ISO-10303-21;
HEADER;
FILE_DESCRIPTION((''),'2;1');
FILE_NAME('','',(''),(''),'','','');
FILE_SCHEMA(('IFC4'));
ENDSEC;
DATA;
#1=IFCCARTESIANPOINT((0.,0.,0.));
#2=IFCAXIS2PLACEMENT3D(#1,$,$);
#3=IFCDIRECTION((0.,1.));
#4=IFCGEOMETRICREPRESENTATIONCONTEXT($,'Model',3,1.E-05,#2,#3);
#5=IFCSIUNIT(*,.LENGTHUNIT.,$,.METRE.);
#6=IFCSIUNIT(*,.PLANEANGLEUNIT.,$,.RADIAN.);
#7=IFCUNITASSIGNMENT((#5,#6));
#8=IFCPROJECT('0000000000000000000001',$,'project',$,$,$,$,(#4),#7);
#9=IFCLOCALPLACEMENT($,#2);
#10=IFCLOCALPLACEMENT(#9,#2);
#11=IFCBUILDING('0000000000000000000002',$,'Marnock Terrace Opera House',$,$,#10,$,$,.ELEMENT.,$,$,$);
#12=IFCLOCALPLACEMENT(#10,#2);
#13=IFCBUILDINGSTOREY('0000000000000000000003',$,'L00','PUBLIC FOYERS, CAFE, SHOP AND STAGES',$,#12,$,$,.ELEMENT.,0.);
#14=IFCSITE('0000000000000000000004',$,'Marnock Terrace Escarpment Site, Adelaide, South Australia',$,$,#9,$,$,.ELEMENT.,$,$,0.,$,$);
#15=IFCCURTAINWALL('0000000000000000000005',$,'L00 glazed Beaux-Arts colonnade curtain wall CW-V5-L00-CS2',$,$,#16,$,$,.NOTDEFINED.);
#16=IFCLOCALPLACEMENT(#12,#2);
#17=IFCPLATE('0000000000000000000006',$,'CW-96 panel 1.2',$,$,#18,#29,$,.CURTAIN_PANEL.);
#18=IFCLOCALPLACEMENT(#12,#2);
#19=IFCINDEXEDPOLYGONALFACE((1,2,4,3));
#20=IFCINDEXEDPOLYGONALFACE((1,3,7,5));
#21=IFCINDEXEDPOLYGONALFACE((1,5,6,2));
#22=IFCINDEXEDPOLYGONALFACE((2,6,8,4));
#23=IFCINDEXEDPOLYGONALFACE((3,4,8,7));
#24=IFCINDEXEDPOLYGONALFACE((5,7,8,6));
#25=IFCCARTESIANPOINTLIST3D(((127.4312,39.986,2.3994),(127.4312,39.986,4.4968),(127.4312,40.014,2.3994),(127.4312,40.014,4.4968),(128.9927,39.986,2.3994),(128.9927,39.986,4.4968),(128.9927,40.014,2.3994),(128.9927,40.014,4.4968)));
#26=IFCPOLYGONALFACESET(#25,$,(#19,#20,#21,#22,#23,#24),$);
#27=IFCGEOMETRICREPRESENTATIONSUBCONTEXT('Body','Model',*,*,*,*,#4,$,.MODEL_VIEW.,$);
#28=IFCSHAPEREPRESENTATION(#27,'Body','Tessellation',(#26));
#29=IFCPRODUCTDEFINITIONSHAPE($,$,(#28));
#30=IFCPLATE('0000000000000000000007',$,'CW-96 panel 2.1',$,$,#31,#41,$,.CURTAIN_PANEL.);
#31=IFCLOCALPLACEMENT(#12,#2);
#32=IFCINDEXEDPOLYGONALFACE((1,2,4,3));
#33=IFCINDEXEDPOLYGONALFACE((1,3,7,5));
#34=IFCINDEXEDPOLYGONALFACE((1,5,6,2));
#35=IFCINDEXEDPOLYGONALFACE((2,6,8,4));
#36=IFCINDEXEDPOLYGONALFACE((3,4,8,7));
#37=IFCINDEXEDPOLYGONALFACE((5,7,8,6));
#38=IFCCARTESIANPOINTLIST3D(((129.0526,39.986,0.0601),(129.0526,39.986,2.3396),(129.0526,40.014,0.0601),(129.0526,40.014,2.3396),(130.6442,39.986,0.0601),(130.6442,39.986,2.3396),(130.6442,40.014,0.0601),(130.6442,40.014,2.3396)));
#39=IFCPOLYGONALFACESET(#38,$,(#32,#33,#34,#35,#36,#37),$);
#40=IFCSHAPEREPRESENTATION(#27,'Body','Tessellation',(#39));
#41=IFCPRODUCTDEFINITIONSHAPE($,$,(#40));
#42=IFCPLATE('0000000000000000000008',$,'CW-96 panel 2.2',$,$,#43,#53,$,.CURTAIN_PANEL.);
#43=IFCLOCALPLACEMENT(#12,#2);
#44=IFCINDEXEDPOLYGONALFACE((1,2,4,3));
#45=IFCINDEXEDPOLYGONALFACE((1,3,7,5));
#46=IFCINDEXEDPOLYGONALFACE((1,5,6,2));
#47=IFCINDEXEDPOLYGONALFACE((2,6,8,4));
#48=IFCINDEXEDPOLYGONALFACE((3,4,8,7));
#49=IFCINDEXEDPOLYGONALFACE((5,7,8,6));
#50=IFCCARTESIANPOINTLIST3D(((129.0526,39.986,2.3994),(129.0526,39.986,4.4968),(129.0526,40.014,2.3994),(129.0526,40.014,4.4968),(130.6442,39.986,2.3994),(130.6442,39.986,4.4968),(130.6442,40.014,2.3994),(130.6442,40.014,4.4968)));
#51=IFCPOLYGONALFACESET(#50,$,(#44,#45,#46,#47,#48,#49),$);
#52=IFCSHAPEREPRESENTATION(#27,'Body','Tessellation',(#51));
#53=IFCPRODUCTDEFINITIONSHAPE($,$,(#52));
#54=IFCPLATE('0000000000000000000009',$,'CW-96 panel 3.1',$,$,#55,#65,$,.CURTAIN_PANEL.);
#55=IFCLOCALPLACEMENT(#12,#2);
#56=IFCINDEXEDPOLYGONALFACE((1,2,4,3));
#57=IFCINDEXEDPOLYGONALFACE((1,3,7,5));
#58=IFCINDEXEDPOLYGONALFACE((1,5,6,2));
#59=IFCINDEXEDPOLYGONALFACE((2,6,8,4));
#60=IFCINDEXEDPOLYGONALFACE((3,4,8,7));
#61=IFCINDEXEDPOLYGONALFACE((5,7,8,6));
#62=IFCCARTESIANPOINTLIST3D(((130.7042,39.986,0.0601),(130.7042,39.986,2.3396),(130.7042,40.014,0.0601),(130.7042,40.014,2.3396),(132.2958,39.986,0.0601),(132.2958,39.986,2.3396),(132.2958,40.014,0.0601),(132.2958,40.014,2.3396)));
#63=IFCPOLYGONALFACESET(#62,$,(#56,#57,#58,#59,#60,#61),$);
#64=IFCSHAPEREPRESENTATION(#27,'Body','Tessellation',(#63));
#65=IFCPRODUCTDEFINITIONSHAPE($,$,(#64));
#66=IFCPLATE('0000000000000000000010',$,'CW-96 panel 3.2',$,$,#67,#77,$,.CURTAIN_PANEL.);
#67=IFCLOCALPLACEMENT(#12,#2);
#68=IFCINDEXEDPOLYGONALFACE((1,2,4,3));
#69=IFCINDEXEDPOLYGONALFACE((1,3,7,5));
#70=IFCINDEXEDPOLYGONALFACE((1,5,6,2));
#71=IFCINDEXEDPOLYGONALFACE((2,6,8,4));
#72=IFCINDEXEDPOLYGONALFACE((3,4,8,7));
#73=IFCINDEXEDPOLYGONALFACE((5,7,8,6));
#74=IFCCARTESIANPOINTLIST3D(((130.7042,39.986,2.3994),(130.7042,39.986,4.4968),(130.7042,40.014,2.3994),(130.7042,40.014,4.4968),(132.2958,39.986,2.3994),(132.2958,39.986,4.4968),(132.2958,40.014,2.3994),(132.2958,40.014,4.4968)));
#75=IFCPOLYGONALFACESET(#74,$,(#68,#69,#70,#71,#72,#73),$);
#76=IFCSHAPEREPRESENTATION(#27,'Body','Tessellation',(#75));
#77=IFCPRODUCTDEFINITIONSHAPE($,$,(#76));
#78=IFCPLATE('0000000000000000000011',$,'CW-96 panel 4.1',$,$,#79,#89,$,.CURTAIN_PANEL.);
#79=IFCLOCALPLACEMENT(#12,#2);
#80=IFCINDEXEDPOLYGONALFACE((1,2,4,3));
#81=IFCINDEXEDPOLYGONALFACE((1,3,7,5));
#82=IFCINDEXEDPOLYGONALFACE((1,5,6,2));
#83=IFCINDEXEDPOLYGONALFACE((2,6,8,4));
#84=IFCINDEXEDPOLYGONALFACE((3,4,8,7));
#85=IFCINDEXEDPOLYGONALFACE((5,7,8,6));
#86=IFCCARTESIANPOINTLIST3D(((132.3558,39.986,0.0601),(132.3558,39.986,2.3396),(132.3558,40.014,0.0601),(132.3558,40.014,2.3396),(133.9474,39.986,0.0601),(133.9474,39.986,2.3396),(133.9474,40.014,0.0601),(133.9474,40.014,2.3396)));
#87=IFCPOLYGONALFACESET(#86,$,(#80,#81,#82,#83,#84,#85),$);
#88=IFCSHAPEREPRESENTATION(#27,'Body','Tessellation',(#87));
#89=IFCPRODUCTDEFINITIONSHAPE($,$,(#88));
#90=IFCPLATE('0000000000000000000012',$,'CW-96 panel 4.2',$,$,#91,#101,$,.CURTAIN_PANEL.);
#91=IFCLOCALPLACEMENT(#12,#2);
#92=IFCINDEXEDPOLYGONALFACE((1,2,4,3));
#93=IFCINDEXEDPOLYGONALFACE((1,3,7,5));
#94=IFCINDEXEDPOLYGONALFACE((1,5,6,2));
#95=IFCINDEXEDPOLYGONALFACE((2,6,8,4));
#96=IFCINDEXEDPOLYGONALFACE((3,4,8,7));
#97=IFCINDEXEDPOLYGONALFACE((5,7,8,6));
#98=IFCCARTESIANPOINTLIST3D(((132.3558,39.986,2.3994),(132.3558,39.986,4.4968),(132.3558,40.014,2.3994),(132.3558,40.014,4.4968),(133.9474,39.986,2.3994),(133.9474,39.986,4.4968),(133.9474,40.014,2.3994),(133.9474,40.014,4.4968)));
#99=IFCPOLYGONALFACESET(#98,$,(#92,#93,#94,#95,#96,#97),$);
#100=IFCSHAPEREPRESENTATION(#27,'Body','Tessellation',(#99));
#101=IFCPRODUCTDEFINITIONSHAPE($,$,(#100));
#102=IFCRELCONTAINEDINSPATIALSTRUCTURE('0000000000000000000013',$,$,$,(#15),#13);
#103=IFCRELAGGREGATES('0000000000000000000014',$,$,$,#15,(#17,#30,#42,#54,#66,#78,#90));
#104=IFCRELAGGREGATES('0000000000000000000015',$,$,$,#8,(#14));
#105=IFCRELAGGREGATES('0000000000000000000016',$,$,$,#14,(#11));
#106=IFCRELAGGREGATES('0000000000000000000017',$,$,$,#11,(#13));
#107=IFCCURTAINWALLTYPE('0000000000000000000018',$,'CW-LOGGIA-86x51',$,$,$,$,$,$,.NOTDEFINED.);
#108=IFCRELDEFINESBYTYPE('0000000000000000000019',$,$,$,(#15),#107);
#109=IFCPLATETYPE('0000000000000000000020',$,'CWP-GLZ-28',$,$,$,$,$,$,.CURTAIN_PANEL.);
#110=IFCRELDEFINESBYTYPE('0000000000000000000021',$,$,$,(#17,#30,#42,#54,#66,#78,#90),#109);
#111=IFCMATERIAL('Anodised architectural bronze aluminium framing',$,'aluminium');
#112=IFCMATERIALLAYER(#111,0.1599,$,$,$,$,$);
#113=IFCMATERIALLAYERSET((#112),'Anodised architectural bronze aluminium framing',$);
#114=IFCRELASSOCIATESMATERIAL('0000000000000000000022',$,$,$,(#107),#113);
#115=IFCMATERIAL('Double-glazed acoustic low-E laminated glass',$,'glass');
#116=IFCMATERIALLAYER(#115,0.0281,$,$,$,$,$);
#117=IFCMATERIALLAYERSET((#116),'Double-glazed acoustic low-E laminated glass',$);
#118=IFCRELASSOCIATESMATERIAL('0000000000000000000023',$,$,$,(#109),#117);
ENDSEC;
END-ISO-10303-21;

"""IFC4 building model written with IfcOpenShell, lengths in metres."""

from ifc_helpers import new_model, si_unit, direction, frame, origin, origin_2d, place, context, subcontext, project, spatial, rectangle, extrude, material, layer, layer_set, type_object, element, aggregate, save


model = new_model("IFC4")

# Units and contexts
model_context = context("Model", 3, precision=1e-05, world=origin(), true_north=direction((0.0, 1.0)))
body_context = subcontext(model_context, "Body", "Model", "MODEL_VIEW")
ifc_project = project(units=[si_unit("LENGTHUNIT", "METRE"), si_unit("PLANEANGLEUNIT", "RADIAN")], contexts=[model_context])

# Site, building, storey
site_placement = place(None, origin())
site = spatial("IfcSite", under=ifc_project, at=site_placement, Name="Marnock Terrace Escarpment Site, Adelaide, South Australia", CompositionType="ELEMENT", RefElevation=0.0)
building_placement = place(site_placement, origin())
building = spatial("IfcBuilding", under=site, at=building_placement, Name="Marnock Terrace Opera House", CompositionType="ELEMENT")
storey_placement = place(building_placement, origin())
storey = spatial("IfcBuildingStorey", under=building, at=storey_placement, Name="L00", Description="PUBLIC FOYERS, CAFE, SHOP AND STAGES", CompositionType="ELEMENT", Elevation=0.0)

# Curtain wall, plates
ifc_material_1 = material(Name="Anodised architectural bronze aluminium framing", Category="aluminium")
ifc_layer_1 = layer(ifc_material_1, 0.1599)
ifc_layer_set_1 = layer_set([ifc_layer_1], Name="Anodised architectural bronze aluminium framing")
curtain_wall_type = type_object("IfcCurtainWallType", Name="CW-LOGGIA-86x51", PredefinedType="NOTDEFINED", material=ifc_layer_set_1)
curtain_wall_placement = place(storey_placement, origin())
curtain_wall = element("IfcCurtainWall", 1, at=curtain_wall_placement, inside=storey, type_object=curtain_wall_type, Name="L00 glazed Beaux-Arts colonnade curtain wall CW-V5-L00-CS2", PredefinedType="NOTDEFINED")
ifc_material_2 = material(Name="Double-glazed acoustic low-E laminated glass", Category="glass")
ifc_layer_2 = layer(ifc_material_2, 0.0281)
ifc_layer_set_2 = layer_set([ifc_layer_2], Name="Double-glazed acoustic low-E laminated glass")
plate_type = type_object("IfcPlateType", Name="CWP-GLZ-28", PredefinedType="CURTAIN_PANEL", material=ifc_layer_set_2)
plate_1_placement = place(storey_placement, frame((128.2119, 40.0, 2.3994), z_axis=(0.0, 0.0, 1.0), x_axis=(1.0, 0.0, 0.0)))
plate_1 = element("IfcPlate", 2, at=plate_1_placement, type_object=plate_type, Name="CW-96 panel 1.2", PredefinedType="CURTAIN_PANEL", context=body_context, shape_type="SweptSolid", body=[
    extrude(rectangle(XDim=1.5615, YDim=0.0281, at=origin_2d()), origin(), (0.0, 0.0, 1.0), 2.0974),
])
plate_2_placement = place(storey_placement, frame((129.8484, 40.0, 0.0601), z_axis=(0.0, 0.0, 1.0), x_axis=(1.0, 0.0, 0.0)))
plate_2 = element("IfcPlate", 3, at=plate_2_placement, type_object=plate_type, Name="CW-96 panel 2.1", PredefinedType="CURTAIN_PANEL", context=body_context, shape_type="SweptSolid", body=[
    extrude(rectangle(XDim=1.5916, YDim=0.0281, at=origin_2d()), origin(), (0.0, 0.0, 1.0), 2.2795),
])
plate_3_placement = place(storey_placement, frame((129.8484, 40.0, 2.3994), z_axis=(0.0, 0.0, 1.0), x_axis=(1.0, 0.0, 0.0)))
plate_3 = element("IfcPlate", 4, at=plate_3_placement, type_object=plate_type, Name="CW-96 panel 2.2", PredefinedType="CURTAIN_PANEL", context=body_context, shape_type="SweptSolid", body=[
    extrude(rectangle(XDim=1.5916, YDim=0.0281, at=origin_2d()), origin(), (0.0, 0.0, 1.0), 2.0974),
])
plate_4_placement = place(storey_placement, frame((131.5, 40.0, 0.0601), z_axis=(0.0, 0.0, 1.0), x_axis=(1.0, 0.0, 0.0)))
plate_4 = element("IfcPlate", 5, at=plate_4_placement, type_object=plate_type, Name="CW-96 panel 3.1", PredefinedType="CURTAIN_PANEL", context=body_context, shape_type="SweptSolid", body=[
    extrude(rectangle(XDim=1.5916, YDim=0.0281, at=origin_2d()), origin(), (0.0, 0.0, 1.0), 2.2795),
])
plate_5_placement = place(storey_placement, frame((131.5, 40.0, 2.3994), z_axis=(0.0, 0.0, 1.0), x_axis=(1.0, 0.0, 0.0)))
plate_5 = element("IfcPlate", 6, at=plate_5_placement, type_object=plate_type, Name="CW-96 panel 3.2", PredefinedType="CURTAIN_PANEL", context=body_context, shape_type="SweptSolid", body=[
    extrude(rectangle(XDim=1.5916, YDim=0.0281, at=origin_2d()), origin(), (0.0, 0.0, 1.0), 2.0974),
])
plate_6_placement = place(storey_placement, frame((133.1516, 40.0, 0.0601), z_axis=(0.0, 0.0, 1.0), x_axis=(1.0, 0.0, 0.0)))
plate_6 = element("IfcPlate", 7, at=plate_6_placement, type_object=plate_type, Name="CW-96 panel 4.1", PredefinedType="CURTAIN_PANEL", context=body_context, shape_type="SweptSolid", body=[
    extrude(rectangle(XDim=1.5916, YDim=0.0281, at=origin_2d()), origin(), (0.0, 0.0, 1.0), 2.2795),
])
plate_7_placement = place(storey_placement, frame((133.1516, 40.0, 2.3994), z_axis=(0.0, 0.0, 1.0), x_axis=(1.0, 0.0, 0.0)))
plate_7 = element("IfcPlate", 8, at=plate_7_placement, type_object=plate_type, Name="CW-96 panel 4.2", PredefinedType="CURTAIN_PANEL", context=body_context, shape_type="SweptSolid", body=[
    extrude(rectangle(XDim=1.5916, YDim=0.0281, at=origin_2d()), origin(), (0.0, 0.0, 1.0), 2.0974),
])
aggregate(curtain_wall, [plate_1, plate_2, plate_3, plate_4, plate_5, plate_6, plate_7])

save(model, "model.ifc")
